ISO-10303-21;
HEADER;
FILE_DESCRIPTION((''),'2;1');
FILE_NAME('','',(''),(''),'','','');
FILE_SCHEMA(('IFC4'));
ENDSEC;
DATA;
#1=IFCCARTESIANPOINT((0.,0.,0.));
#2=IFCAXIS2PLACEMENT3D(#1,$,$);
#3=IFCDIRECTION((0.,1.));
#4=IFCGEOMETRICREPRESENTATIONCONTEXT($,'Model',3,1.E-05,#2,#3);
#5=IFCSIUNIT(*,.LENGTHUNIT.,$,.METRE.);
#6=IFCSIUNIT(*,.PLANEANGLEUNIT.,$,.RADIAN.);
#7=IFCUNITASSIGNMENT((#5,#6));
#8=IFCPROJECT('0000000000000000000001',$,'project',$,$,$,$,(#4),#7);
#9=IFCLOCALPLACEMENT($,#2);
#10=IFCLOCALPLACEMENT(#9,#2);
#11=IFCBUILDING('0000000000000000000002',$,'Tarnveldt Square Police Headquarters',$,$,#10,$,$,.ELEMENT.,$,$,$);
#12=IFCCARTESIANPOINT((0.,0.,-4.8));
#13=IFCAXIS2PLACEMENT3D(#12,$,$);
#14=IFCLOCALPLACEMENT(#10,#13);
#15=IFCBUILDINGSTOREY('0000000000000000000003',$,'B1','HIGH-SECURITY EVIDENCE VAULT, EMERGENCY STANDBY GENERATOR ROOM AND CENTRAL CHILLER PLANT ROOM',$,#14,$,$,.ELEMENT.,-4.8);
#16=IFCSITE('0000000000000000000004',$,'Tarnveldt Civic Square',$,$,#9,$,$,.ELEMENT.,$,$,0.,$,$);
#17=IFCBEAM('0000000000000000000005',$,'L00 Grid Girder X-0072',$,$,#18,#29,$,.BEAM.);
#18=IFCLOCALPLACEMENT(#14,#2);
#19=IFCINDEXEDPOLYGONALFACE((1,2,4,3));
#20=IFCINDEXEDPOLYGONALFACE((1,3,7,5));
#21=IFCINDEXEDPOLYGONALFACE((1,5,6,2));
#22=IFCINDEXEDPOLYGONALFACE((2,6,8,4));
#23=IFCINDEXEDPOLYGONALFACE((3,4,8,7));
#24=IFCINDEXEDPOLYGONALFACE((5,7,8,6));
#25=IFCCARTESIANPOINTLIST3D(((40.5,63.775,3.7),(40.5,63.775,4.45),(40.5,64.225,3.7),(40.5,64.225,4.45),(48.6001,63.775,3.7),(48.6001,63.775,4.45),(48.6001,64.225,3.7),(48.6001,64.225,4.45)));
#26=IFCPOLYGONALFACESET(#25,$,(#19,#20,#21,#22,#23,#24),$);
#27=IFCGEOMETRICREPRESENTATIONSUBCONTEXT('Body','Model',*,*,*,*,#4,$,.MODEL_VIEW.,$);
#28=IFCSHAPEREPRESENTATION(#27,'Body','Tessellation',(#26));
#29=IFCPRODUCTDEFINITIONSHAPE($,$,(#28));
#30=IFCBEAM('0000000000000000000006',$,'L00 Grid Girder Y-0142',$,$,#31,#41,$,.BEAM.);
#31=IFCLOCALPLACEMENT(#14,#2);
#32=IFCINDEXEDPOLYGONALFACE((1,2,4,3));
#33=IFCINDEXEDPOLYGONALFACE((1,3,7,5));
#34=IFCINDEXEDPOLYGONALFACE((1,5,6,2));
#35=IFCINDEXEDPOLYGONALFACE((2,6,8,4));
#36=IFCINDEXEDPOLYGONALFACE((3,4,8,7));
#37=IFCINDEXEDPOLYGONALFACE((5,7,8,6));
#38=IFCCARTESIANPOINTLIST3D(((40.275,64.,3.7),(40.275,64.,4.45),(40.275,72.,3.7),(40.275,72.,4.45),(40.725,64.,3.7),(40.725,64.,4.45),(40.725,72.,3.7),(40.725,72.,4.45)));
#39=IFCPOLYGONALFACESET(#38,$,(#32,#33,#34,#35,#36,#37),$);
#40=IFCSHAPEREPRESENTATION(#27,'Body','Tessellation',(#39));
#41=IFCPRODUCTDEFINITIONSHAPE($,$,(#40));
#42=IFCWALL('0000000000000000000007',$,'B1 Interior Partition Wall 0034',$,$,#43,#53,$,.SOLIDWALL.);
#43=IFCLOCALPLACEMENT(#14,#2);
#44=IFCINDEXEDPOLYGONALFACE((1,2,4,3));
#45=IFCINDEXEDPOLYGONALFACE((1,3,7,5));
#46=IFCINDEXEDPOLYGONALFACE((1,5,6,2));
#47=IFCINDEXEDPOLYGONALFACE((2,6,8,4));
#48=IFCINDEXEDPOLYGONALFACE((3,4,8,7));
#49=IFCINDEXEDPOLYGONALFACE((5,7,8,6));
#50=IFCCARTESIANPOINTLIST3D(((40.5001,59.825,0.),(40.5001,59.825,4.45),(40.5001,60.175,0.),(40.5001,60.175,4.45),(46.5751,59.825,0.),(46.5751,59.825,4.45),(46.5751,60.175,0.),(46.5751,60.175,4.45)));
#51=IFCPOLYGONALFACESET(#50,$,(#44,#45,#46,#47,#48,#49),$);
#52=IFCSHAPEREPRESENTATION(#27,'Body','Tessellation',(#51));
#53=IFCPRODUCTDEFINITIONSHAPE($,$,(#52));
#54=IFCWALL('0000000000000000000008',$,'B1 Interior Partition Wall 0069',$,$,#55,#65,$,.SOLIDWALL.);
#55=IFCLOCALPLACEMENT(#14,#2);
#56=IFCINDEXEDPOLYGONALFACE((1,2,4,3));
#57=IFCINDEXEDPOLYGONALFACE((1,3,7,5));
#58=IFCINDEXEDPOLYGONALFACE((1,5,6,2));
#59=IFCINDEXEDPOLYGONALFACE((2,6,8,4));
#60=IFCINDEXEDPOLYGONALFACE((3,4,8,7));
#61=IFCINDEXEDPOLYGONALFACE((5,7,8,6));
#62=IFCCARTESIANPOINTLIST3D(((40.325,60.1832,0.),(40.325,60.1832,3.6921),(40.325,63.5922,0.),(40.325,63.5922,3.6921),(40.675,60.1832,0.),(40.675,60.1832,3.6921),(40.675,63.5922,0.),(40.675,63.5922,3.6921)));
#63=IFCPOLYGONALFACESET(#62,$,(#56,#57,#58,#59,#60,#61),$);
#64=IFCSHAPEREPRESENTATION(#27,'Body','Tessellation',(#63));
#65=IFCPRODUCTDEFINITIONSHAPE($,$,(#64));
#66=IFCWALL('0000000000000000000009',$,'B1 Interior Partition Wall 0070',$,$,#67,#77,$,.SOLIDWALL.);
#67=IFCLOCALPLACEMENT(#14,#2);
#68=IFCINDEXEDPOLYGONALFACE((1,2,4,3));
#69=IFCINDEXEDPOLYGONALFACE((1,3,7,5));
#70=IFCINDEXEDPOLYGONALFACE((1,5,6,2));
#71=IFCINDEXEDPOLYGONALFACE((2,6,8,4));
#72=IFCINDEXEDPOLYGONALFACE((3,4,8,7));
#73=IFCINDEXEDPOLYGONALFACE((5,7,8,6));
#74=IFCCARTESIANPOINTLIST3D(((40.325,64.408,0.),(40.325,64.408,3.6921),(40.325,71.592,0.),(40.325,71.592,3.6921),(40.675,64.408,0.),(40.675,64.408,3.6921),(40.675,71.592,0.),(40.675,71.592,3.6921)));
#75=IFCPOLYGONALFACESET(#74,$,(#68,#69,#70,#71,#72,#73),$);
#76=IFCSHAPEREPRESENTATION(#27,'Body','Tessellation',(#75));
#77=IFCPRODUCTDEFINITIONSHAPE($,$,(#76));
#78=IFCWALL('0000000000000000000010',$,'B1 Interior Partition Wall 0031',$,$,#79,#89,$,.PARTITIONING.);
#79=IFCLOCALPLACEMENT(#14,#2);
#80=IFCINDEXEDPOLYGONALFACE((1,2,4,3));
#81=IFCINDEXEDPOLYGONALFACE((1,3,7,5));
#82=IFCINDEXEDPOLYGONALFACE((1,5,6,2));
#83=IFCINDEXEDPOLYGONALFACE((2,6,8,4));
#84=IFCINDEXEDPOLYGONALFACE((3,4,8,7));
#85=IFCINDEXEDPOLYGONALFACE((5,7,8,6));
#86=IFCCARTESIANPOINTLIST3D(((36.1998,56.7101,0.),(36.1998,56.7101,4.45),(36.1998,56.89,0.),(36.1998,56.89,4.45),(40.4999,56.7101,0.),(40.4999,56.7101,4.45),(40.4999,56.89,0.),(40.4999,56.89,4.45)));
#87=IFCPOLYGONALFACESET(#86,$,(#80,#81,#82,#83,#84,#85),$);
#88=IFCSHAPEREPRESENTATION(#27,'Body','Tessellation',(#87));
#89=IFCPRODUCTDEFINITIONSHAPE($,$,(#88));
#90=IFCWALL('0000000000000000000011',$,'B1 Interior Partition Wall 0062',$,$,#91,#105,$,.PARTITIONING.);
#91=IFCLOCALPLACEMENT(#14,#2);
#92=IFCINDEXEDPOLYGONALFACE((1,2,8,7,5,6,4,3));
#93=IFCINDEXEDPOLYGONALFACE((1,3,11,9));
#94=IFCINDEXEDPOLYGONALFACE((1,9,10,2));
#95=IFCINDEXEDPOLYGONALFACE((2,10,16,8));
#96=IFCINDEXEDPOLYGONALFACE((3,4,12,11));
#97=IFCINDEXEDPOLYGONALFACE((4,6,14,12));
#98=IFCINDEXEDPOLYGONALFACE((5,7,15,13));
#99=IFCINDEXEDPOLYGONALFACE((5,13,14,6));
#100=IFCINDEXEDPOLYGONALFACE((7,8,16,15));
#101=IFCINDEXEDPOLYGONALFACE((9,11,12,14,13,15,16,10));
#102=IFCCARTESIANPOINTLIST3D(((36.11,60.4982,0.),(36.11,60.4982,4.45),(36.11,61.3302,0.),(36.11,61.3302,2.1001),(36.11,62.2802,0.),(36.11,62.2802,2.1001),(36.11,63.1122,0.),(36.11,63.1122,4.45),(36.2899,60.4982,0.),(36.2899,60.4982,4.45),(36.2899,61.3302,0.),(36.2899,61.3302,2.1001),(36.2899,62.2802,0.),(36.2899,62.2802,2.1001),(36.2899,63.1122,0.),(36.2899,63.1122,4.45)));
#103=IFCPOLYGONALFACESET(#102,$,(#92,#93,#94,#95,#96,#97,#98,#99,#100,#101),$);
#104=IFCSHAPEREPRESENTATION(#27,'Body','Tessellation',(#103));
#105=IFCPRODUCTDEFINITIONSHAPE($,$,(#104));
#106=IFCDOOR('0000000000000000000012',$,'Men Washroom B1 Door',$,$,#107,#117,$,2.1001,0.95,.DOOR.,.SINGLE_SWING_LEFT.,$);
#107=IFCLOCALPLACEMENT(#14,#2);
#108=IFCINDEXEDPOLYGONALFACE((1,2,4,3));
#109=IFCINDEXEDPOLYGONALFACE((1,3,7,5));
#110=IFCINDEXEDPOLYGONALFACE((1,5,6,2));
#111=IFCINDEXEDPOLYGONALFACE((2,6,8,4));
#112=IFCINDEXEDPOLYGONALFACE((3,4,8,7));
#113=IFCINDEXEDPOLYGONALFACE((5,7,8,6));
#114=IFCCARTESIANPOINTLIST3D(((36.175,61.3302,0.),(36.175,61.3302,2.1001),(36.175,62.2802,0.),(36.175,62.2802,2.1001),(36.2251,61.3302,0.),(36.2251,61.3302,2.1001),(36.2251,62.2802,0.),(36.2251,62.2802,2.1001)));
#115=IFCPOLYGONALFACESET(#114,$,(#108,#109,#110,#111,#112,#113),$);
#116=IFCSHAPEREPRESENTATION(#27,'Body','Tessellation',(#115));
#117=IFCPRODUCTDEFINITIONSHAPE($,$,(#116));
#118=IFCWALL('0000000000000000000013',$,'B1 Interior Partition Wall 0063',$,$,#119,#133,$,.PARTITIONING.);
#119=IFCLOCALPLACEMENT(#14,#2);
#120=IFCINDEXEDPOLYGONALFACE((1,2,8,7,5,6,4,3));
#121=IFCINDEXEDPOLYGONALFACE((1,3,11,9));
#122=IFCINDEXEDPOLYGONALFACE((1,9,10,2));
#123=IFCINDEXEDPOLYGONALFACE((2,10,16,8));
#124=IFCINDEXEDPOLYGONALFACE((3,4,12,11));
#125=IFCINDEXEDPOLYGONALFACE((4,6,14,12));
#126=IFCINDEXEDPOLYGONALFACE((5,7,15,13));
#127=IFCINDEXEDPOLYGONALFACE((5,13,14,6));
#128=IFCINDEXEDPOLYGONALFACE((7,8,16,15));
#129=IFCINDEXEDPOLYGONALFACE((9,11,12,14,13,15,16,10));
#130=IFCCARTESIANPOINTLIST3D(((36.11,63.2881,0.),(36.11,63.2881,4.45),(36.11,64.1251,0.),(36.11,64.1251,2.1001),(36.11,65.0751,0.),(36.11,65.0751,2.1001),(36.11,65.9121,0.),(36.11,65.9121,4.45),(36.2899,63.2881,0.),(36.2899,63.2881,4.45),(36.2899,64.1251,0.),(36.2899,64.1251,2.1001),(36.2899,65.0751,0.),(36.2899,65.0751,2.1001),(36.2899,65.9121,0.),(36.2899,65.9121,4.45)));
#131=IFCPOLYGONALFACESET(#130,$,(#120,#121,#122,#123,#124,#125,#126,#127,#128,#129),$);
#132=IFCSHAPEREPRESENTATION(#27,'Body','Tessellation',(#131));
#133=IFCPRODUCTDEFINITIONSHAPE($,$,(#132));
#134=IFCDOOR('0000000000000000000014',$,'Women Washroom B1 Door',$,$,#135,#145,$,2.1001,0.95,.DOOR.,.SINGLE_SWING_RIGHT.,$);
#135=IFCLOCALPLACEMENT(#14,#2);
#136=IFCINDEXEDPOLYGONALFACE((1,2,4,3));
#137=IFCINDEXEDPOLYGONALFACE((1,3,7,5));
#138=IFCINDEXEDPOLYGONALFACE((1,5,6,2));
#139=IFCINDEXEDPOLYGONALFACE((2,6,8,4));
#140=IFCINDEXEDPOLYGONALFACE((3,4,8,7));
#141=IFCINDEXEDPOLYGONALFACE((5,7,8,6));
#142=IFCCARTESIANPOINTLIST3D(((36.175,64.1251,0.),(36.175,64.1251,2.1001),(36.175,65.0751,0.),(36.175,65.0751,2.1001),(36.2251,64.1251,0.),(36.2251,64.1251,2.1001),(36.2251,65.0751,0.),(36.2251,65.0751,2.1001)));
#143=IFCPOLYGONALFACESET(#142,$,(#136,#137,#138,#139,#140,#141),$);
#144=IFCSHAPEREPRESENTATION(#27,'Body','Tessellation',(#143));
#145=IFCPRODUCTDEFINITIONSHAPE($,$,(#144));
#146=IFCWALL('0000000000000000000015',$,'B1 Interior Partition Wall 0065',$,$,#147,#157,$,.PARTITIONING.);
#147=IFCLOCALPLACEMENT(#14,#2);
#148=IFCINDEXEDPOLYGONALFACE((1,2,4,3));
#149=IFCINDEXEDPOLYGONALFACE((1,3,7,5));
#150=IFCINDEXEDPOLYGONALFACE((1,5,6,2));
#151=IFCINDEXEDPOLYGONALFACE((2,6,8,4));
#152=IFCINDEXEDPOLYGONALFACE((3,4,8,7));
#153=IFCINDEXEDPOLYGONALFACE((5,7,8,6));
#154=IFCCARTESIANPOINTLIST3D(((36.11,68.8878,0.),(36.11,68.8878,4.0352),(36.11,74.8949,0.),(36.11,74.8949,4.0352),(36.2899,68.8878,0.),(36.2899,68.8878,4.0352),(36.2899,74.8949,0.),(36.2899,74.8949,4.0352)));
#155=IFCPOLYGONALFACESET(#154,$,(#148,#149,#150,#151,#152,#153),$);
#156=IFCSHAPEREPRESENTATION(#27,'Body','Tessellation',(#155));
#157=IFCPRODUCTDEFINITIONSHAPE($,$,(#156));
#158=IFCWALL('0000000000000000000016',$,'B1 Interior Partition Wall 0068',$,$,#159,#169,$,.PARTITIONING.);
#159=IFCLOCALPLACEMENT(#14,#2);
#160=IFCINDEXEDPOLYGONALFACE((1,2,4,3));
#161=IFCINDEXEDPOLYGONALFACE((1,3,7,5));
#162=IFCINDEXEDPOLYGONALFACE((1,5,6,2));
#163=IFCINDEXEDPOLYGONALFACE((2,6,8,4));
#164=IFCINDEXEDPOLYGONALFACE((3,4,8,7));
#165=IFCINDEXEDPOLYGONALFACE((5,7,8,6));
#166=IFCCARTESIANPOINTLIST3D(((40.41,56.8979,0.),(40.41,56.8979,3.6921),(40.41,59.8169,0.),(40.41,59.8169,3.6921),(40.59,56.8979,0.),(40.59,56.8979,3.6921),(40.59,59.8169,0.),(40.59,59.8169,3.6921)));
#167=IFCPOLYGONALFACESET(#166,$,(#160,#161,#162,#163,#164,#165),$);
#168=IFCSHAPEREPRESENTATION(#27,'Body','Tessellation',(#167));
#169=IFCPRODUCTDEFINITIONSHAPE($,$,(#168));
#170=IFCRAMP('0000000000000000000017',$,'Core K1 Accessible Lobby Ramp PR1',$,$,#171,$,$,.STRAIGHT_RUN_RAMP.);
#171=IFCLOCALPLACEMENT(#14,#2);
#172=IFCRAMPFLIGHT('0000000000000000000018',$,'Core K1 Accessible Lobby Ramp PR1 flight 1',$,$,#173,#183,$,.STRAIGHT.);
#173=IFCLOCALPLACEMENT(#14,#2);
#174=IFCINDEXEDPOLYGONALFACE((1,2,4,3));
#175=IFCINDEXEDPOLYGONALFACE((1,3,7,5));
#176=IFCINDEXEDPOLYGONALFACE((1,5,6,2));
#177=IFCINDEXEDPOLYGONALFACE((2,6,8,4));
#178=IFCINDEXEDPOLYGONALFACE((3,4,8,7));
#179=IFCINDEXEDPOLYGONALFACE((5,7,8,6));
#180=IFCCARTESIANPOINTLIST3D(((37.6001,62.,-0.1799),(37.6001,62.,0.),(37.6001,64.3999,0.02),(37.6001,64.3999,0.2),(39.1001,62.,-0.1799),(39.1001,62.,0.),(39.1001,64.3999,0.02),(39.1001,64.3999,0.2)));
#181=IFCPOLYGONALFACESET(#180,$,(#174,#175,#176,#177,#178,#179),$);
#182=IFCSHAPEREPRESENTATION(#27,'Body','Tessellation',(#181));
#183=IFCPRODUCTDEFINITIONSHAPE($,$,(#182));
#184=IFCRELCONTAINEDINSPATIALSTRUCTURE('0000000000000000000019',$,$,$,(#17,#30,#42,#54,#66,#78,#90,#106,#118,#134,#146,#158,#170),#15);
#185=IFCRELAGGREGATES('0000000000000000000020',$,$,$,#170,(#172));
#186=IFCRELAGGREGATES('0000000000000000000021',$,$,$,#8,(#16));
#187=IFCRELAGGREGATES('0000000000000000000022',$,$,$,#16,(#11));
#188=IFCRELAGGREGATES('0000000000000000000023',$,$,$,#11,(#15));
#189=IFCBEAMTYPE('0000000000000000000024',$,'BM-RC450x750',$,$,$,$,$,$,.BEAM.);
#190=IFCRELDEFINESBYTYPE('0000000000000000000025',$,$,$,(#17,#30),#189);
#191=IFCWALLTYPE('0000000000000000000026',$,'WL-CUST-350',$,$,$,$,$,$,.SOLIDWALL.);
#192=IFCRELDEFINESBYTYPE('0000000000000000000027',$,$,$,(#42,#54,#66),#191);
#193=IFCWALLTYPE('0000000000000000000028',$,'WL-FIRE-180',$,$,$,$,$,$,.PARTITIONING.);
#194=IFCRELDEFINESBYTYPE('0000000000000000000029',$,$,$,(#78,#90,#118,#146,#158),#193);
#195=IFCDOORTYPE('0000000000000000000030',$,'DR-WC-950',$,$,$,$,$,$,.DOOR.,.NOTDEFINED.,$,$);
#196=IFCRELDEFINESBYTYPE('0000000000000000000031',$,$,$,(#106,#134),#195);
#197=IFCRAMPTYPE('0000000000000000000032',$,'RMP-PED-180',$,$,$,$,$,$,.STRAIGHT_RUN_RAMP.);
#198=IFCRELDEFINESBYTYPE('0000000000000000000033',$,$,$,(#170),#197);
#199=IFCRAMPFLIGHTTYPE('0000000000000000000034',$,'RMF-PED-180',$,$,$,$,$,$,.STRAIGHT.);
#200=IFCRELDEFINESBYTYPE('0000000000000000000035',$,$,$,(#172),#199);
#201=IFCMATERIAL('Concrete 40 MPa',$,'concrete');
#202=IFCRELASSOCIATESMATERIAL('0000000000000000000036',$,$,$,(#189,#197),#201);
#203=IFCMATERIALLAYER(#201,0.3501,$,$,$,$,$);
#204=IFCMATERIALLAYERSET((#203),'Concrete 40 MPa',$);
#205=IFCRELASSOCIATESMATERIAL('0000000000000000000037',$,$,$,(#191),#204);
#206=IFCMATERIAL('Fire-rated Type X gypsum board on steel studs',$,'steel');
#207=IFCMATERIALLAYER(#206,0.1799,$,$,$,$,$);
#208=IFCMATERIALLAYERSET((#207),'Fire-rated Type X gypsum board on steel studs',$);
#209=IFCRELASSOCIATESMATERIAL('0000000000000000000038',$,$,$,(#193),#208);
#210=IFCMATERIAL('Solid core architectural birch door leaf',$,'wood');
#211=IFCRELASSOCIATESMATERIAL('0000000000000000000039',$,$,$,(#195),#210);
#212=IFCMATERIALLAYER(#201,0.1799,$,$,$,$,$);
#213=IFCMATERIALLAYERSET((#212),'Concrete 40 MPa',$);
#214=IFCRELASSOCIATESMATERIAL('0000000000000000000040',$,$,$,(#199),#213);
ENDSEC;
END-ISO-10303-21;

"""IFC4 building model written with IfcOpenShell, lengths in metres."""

from ifc_helpers import new_model, si_unit, direction, frame, frame_2d, origin, origin_2d, place, context, subcontext, project, spatial, polyline, rectangle, outline, extrude, material, layer, layer_set, material_profile, profile_set, type_object, element, fill, aggregate, save


model = new_model("IFC4")

# Units and contexts
model_context = context("Model", 3, precision=1e-05, world=origin(), true_north=direction((0.0, 1.0)))
body_context = subcontext(model_context, "Body", "Model", "MODEL_VIEW")
ifc_project = project(units=[si_unit("LENGTHUNIT", "METRE"), si_unit("PLANEANGLEUNIT", "RADIAN")], contexts=[model_context])

# Site, building, storey
site_placement = place(None, origin())
site = spatial("IfcSite", under=ifc_project, at=site_placement, Name="Tarnveldt Civic Square", CompositionType="ELEMENT", RefElevation=0.0)
building_placement = place(site_placement, origin())
building = spatial("IfcBuilding", under=site, at=building_placement, Name="Tarnveldt Square Police Headquarters", CompositionType="ELEMENT")
storey_placement = place(building_placement, frame((0.0, 0.0, -4.8)))
storey = spatial("IfcBuildingStorey", under=building, at=storey_placement, Name="B1", Description="HIGH-SECURITY EVIDENCE VAULT, EMERGENCY STANDBY GENERATOR ROOM AND CENTRAL CHILLER PLANT ROOM", CompositionType="ELEMENT", Elevation=-4.8)

# Beams
ifc_material_1 = material(Name="Concrete 40 MPa", Category="concrete")
ifc_material_profile_1 = material_profile(ifc_material_1, rectangle(XDim=0.45, YDim=0.75, at=origin_2d()), Name="RC-B450x750")
ifc_profile_set_1 = profile_set([ifc_material_profile_1], Name="Concrete 40 MPa")
beam_type = type_object("IfcBeamType", Name="BM-RC450x750", PredefinedType="BEAM", material=ifc_profile_set_1)
beam_1_placement = place(storey_placement, frame((40.5, 64.0, 4.075), z_axis=(1.0, 0.0, 0.0), x_axis=(0.0, 1.0, 0.0)))
element("IfcBeam", 1, at=beam_1_placement, inside=storey, type_object=beam_type, Name="L00 Grid Girder X-0072", PredefinedType="BEAM", context=body_context, shape_type="SweptSolid", body=[
    extrude(rectangle(XDim=0.45, YDim=0.75, at=origin_2d()), origin(), (0.0, 0.0, 1.0), 8.1001),
])
beam_2_placement = place(storey_placement, frame((40.5, 64.0, 4.075), z_axis=(0.0, 1.0, 0.0), x_axis=(-1.0, 0.0, 0.0)))
element("IfcBeam", 2, at=beam_2_placement, inside=storey, type_object=beam_type, Name="L00 Grid Girder Y-0142", PredefinedType="BEAM", context=body_context, shape_type="SweptSolid", body=[
    extrude(rectangle(XDim=0.45, YDim=0.75, at=origin_2d()), origin(), (0.0, 0.0, 1.0), 8.0),
])

# Walls
ifc_layer_1 = layer(ifc_material_1, 0.3501)
ifc_layer_set_1 = layer_set([ifc_layer_1], Name="Concrete 40 MPa")
wall_type_1 = type_object("IfcWallType", Name="WL-CUST-350", PredefinedType="SOLIDWALL", material=ifc_layer_set_1)
wall_1_placement = place(storey_placement, frame((40.5, 60.0, 0.0), z_axis=(0.0, 0.0, 1.0), x_axis=(1.0, 0.0, 0.0)))
element("IfcWall", 3, at=wall_1_placement, inside=storey, type_object=wall_type_1, Name="B1 Interior Partition Wall 0034", PredefinedType="SOLIDWALL", context=body_context, shape_type="SweptSolid", body=[
    extrude(rectangle(XDim=6.075, YDim=0.3501, at=frame_2d((3.0376, 0.0))), origin(), (0.0, 0.0, 1.0), 4.45),
])
wall_2_placement = place(storey_placement, frame((40.5, 60.1831, 0.0), z_axis=(0.0, 0.0, 1.0), x_axis=(0.0, 1.0, 0.0)))
element("IfcWall", 4, at=wall_2_placement, inside=storey, type_object=wall_type_1, Name="B1 Interior Partition Wall 0069", PredefinedType="SOLIDWALL", context=body_context, shape_type="SweptSolid", body=[
    extrude(rectangle(XDim=3.4089, YDim=0.3501, at=frame_2d((1.7046, 0.0))), origin(), (0.0, 0.0, 1.0), 3.6921),
])
wall_3_placement = place(storey_placement, frame((40.5, 64.408, 0.0), z_axis=(0.0, 0.0, 1.0), x_axis=(0.0, 1.0, 0.0)))
element("IfcWall", 5, at=wall_3_placement, inside=storey, type_object=wall_type_1, Name="B1 Interior Partition Wall 0070", PredefinedType="SOLIDWALL", context=body_context, shape_type="SweptSolid", body=[
    extrude(rectangle(XDim=7.1841, YDim=0.3501, at=frame_2d((3.592, 0.0))), origin(), (0.0, 0.0, 1.0), 3.6921),
])
ifc_material_2 = material(Name="Fire-rated Type X gypsum board on steel studs", Category="steel")
ifc_layer_2 = layer(ifc_material_2, 0.1799)
ifc_layer_set_2 = layer_set([ifc_layer_2], Name="Fire-rated Type X gypsum board on steel studs")
wall_type_2 = type_object("IfcWallType", Name="WL-FIRE-180", PredefinedType="PARTITIONING", material=ifc_layer_set_2)
wall_4_placement = place(storey_placement, frame((36.2, 56.8, 0.0), z_axis=(0.0, 0.0, 1.0), x_axis=(1.0, 0.0, 0.0)))
element("IfcWall", 6, at=wall_4_placement, inside=storey, type_object=wall_type_2, Name="B1 Interior Partition Wall 0031", PredefinedType="PARTITIONING", context=body_context, shape_type="SweptSolid", body=[
    extrude(rectangle(XDim=4.3, YDim=0.1799, at=frame_2d((2.1499, 0.0))), origin(), (0.0, 0.0, 1.0), 4.45),
])

# Walls, openings, doors
wall_5_placement = place(storey_placement, frame((36.2, 60.498, 0.0), z_axis=(0.0, 0.0, 1.0), x_axis=(0.0, 1.0, 0.0)))
wall_5 = element("IfcWall", 7, at=wall_5_placement, inside=storey, type_object=wall_type_2, Name="B1 Interior Partition Wall 0062", PredefinedType="PARTITIONING", context=body_context, shape_type="SweptSolid", body=[
    extrude(rectangle(XDim=2.614, YDim=0.1799, at=frame_2d((1.3071, 0.0))), origin(), (0.0, 0.0, 1.0), 4.45),
])
opening_1_placement = place(wall_5_placement, frame((0.832, 0.0, 0.0)))
opening_1 = element("IfcOpeningElement", 8, at=opening_1_placement, cuts=wall_5, PredefinedType="OPENING", context=body_context, shape_type="SweptSolid", body=[
    extrude(rectangle(XDim=0.95, YDim=2.1001, at=frame_2d((0.4751, 1.05))), frame((0.0, 0.0999, 0.0), z_axis=(0.0, -1.0, 0.0), x_axis=(1.0, 0.0, 0.0)), (0.0, 0.0, 1.0), 0.2),
])
ifc_material_3 = material(Name="Solid core architectural birch door leaf", Category="wood")
door_type_1 = type_object("IfcDoorType", Name="DR-WC-950", OperationType="NOTDEFINED", PredefinedType="DOOR", material=ifc_material_3)
door_1_placement = place(opening_1_placement, origin())
door_1 = element("IfcDoor", 9, at=door_1_placement, inside=storey, type_object=door_type_1, Name="Men Washroom B1 Door", OperationType="SINGLE_SWING_LEFT", OverallHeight=2.1001, OverallWidth=0.95, PredefinedType="DOOR", context=body_context, shape_type="SweptSolid", body=[
    extrude(rectangle(XDim=0.95, YDim=2.1001, at=frame_2d((0.4751, 1.05))), frame((0.0, 0.0249, 0.0), z_axis=(0.0, -1.0, 0.0), x_axis=(1.0, 0.0, 0.0)), (0.0, 0.0, 1.0), 0.05),
])
fill(opening_1, door_1)
wall_6_placement = place(storey_placement, frame((36.2, 63.2881, 0.0), z_axis=(0.0, 0.0, 1.0), x_axis=(0.0, 1.0, 0.0)))
wall_6 = element("IfcWall", 10, at=wall_6_placement, inside=storey, type_object=wall_type_2, Name="B1 Interior Partition Wall 0063", PredefinedType="PARTITIONING", context=body_context, shape_type="SweptSolid", body=[
    extrude(rectangle(XDim=2.624, YDim=0.1799, at=frame_2d((1.312, 0.0))), origin(), (0.0, 0.0, 1.0), 4.45),
])
opening_2_placement = place(wall_6_placement, frame((0.8369, 0.0, 0.0)))
opening_2 = element("IfcOpeningElement", 11, at=opening_2_placement, cuts=wall_6, PredefinedType="OPENING", context=body_context, shape_type="SweptSolid", body=[
    extrude(rectangle(XDim=0.95, YDim=2.1001, at=frame_2d((0.4751, 1.05))), frame((0.0, 0.0999, 0.0), z_axis=(0.0, -1.0, 0.0), x_axis=(1.0, 0.0, 0.0)), (0.0, 0.0, 1.0), 0.2),
])
door_2_placement = place(opening_2_placement, origin())
door_2 = element("IfcDoor", 12, at=door_2_placement, inside=storey, type_object=door_type_1, Name="Women Washroom B1 Door", OperationType="SINGLE_SWING_RIGHT", OverallHeight=2.1001, OverallWidth=0.95, PredefinedType="DOOR", context=body_context, shape_type="SweptSolid", body=[
    extrude(rectangle(XDim=0.95, YDim=2.1001, at=frame_2d((0.4751, 1.05))), frame((0.0, 0.0249, 0.0), z_axis=(0.0, -1.0, 0.0), x_axis=(1.0, 0.0, 0.0)), (0.0, 0.0, 1.0), 0.05),
])
fill(opening_2, door_2)

# Walls
wall_7_placement = place(storey_placement, frame((36.2, 68.8879, 0.0), z_axis=(0.0, 0.0, 1.0), x_axis=(0.0, 1.0, 0.0)))
element("IfcWall", 13, at=wall_7_placement, inside=storey, type_object=wall_type_2, Name="B1 Interior Partition Wall 0065", PredefinedType="PARTITIONING", context=body_context, shape_type="SweptSolid", body=[
    extrude(rectangle(XDim=6.0071, YDim=0.1799, at=frame_2d((3.0034, 0.0))), origin(), (0.0, 0.0, 1.0), 4.0352),
])
wall_8_placement = place(storey_placement, frame((40.5, 56.8979, 0.0), z_axis=(0.0, 0.0, 1.0), x_axis=(0.0, 1.0, 0.0)))
element("IfcWall", 14, at=wall_8_placement, inside=storey, type_object=wall_type_2, Name="B1 Interior Partition Wall 0068", PredefinedType="PARTITIONING", context=body_context, shape_type="SweptSolid", body=[
    extrude(rectangle(XDim=2.9189, YDim=0.1799, at=frame_2d((1.4595, 0.0))), origin(), (0.0, 0.0, 1.0), 3.6921),
])

# Ramp, ramp flight
ramp_type = type_object("IfcRampType", Name="RMP-PED-180", PredefinedType="STRAIGHT_RUN_RAMP", material=ifc_material_1)
ramp_placement = place(storey_placement, origin())
ramp = element("IfcRamp", 15, at=ramp_placement, inside=storey, type_object=ramp_type, Name="Core K1 Accessible Lobby Ramp PR1", PredefinedType="STRAIGHT_RUN_RAMP")
ifc_layer_3 = layer(ifc_material_1, 0.1799)
ifc_layer_set_3 = layer_set([ifc_layer_3], Name="Concrete 40 MPa")
ramp_flight_type = type_object("IfcRampFlightType", Name="RMF-PED-180", PredefinedType="STRAIGHT", material=ifc_layer_set_3)
ramp_flight_placement = place(storey_placement, frame((38.3501, 62.0, 0.0), z_axis=(0.0, 0.0, 1.0), x_axis=(0.0, 1.0, 0.0)))
ramp_flight = element("IfcRampFlight", 16, at=ramp_flight_placement, type_object=ramp_flight_type, Name="Core K1 Accessible Lobby Ramp PR1 flight 1", PredefinedType="STRAIGHT", context=body_context, shape_type="SweptSolid", body=[
    extrude(outline(polyline([(0.0, -0.1799), (0.0, 0.0), (2.3999, 0.2), (2.3999, 0.02), (0.0, -0.1799)])), frame((0.0, 0.75, 0.0), z_axis=(0.0, -1.0, 0.0), x_axis=(1.0, 0.0, 0.0)), (0.0, 0.0, 1.0), 1.5),
])
aggregate(ramp, [ramp_flight])

save(model, "model.ifc")
